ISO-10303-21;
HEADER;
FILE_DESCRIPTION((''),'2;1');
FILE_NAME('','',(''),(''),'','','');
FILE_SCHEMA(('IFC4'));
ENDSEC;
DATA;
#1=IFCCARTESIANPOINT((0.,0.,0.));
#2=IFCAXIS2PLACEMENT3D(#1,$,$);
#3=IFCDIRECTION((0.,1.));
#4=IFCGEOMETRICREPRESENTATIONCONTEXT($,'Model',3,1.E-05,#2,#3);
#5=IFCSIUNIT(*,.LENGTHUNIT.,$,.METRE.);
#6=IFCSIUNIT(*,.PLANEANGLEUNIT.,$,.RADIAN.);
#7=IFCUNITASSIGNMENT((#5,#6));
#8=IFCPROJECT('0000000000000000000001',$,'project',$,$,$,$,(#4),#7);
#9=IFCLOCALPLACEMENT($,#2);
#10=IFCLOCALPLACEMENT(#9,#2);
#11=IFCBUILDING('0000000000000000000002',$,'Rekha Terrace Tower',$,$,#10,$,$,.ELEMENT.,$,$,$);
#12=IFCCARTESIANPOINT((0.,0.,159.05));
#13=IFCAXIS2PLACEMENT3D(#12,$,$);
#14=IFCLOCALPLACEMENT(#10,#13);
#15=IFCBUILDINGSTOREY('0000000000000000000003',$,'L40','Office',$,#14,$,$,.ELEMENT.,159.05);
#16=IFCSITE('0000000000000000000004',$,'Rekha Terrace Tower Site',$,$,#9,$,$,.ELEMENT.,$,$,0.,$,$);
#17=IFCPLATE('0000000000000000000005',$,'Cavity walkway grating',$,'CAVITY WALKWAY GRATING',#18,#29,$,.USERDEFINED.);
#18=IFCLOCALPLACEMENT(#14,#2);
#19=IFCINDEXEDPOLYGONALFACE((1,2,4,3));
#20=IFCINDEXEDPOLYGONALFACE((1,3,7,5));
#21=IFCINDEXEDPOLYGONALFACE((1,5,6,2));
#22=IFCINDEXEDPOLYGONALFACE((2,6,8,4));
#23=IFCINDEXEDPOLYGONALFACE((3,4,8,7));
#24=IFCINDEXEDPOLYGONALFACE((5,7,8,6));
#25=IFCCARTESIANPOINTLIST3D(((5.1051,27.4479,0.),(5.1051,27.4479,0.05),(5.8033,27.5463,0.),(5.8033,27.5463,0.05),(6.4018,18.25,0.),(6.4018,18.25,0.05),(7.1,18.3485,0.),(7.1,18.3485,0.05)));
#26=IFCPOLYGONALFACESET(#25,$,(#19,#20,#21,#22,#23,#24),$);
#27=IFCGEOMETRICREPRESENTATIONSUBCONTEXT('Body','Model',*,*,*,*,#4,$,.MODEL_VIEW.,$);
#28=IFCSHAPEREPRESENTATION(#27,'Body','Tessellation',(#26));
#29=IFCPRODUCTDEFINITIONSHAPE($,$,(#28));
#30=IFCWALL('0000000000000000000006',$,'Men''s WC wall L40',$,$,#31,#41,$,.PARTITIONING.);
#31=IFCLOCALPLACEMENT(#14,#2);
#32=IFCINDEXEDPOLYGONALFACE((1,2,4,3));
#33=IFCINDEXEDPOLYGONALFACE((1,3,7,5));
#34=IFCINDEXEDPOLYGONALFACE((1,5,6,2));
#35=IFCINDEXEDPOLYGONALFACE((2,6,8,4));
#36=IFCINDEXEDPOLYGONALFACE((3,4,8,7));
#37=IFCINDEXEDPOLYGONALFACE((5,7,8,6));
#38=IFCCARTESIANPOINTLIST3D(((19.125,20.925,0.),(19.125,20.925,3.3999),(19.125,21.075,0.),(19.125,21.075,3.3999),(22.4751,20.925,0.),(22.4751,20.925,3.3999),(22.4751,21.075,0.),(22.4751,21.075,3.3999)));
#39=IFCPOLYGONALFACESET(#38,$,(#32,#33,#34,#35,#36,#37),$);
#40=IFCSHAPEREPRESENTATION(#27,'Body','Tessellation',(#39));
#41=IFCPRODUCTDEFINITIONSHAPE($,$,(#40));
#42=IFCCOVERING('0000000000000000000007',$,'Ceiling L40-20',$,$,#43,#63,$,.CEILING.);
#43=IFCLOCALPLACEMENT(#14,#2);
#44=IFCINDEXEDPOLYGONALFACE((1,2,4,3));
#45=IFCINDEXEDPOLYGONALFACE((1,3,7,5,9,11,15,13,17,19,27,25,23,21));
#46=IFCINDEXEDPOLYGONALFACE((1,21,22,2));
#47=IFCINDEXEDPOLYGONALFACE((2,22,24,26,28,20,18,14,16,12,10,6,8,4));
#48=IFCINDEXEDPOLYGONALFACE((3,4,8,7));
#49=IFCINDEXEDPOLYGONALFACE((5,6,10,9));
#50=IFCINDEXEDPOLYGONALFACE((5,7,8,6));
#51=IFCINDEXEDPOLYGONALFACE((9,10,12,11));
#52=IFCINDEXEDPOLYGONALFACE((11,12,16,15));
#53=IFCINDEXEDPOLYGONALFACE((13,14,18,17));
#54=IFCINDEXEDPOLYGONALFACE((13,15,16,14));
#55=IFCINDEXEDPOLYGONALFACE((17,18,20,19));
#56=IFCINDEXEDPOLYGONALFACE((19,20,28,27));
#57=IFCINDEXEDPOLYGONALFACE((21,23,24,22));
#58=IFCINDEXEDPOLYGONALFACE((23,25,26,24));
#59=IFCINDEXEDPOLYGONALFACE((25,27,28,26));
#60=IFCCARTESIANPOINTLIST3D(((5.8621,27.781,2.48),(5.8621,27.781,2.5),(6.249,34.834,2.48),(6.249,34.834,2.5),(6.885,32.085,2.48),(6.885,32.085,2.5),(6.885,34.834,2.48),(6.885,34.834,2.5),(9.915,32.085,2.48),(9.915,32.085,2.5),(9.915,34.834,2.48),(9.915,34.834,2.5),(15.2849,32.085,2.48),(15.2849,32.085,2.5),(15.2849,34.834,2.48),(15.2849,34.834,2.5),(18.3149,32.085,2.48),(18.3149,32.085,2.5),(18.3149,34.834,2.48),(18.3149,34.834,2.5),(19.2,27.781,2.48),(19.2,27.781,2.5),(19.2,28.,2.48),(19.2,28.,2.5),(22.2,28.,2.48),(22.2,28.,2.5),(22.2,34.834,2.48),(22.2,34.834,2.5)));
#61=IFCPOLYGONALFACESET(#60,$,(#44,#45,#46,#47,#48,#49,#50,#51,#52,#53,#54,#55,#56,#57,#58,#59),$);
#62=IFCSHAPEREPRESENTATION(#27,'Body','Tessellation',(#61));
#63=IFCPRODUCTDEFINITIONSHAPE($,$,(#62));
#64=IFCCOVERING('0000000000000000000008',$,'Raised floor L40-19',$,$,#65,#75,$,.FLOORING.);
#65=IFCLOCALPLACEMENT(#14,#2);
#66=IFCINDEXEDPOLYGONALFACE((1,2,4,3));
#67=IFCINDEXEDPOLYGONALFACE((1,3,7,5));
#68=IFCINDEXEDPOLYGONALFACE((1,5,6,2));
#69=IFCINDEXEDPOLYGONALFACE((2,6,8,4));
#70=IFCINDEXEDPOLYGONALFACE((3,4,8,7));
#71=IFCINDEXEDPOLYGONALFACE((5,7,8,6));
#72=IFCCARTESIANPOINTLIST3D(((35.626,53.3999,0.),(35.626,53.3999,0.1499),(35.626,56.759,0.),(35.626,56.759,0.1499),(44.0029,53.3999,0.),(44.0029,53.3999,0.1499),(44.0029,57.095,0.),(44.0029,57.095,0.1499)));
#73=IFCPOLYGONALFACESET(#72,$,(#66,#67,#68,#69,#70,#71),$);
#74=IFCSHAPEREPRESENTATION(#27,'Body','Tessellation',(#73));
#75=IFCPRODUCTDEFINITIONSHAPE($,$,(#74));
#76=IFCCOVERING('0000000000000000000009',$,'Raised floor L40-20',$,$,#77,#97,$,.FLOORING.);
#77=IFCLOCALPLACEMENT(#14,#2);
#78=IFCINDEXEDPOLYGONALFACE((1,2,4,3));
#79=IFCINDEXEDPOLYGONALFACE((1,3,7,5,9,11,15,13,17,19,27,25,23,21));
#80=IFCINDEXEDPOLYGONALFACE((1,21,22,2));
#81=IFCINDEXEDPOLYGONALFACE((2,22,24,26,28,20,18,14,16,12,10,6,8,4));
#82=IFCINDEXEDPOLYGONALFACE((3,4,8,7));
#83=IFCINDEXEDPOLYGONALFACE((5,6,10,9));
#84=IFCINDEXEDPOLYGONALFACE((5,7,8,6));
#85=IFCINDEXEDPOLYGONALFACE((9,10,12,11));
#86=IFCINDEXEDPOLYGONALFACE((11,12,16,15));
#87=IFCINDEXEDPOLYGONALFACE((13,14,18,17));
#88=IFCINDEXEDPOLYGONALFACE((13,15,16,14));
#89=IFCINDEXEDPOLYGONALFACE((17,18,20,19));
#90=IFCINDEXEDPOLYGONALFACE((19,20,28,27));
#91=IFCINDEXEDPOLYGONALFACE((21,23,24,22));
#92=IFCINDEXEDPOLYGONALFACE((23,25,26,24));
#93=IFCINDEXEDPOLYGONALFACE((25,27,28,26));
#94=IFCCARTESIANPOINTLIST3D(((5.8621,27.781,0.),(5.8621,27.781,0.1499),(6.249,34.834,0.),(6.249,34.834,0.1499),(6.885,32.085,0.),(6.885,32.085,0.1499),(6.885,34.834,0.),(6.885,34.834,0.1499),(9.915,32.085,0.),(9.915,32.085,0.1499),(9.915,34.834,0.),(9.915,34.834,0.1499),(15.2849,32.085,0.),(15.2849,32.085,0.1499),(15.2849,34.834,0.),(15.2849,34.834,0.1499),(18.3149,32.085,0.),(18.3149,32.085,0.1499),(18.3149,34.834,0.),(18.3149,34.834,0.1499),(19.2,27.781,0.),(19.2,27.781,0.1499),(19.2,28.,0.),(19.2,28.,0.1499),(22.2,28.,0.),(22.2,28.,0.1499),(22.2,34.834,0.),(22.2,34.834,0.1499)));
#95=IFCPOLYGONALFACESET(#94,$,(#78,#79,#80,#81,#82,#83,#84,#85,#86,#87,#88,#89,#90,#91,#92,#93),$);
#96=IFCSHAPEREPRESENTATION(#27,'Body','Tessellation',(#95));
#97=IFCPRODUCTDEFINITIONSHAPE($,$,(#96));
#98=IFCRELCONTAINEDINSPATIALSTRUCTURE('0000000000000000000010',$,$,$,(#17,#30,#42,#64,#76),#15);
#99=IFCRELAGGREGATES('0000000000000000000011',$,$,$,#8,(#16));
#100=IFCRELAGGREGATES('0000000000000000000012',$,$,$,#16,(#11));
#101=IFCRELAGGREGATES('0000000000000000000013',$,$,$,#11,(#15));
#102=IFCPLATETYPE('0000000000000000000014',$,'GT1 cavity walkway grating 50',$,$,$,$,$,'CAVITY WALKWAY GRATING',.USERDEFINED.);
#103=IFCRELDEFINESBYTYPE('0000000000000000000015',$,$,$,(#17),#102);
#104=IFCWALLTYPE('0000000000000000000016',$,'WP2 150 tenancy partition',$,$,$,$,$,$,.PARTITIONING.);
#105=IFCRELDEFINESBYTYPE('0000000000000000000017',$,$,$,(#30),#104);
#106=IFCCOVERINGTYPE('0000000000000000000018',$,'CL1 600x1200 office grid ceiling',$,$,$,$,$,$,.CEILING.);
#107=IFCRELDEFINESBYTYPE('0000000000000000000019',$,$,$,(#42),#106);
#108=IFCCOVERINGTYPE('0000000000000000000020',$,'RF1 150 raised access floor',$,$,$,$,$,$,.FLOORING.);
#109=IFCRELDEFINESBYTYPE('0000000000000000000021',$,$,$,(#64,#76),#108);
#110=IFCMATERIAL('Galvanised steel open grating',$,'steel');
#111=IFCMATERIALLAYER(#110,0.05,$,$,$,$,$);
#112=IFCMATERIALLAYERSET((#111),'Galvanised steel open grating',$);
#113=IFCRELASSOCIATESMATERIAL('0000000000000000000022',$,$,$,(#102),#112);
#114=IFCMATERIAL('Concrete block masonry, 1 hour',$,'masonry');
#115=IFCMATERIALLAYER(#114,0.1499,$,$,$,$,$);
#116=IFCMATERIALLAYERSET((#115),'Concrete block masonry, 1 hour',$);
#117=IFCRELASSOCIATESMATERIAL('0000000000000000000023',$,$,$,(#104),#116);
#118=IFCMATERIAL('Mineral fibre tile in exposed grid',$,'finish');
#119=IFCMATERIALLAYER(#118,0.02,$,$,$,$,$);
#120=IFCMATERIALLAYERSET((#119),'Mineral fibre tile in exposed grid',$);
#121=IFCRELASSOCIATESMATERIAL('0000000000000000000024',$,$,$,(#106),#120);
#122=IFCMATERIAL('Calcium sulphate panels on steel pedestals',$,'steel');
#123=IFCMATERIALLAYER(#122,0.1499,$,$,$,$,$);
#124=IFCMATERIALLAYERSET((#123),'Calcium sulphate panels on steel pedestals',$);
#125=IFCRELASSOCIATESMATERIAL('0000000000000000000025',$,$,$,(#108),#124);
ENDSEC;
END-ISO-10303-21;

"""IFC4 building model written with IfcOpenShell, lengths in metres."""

from ifc_helpers import new_model, si_unit, direction, frame, frame_2d, origin, origin_2d, place, context, subcontext, project, spatial, polyline, rectangle, outline, extrude, material, layer, layer_set, type_object, element, save


model = new_model("IFC4")

# Units and contexts
model_context = context("Model", 3, precision=1e-05, world=origin(), true_north=direction((0.0, 1.0)))
body_context = subcontext(model_context, "Body", "Model", "MODEL_VIEW")
ifc_project = project(units=[si_unit("LENGTHUNIT", "METRE"), si_unit("PLANEANGLEUNIT", "RADIAN")], contexts=[model_context])

# Site, building, storey
site_placement = place(None, origin())
site = spatial("IfcSite", under=ifc_project, at=site_placement, Name="Rekha Terrace Tower Site", CompositionType="ELEMENT", RefElevation=0.0)
building_placement = place(site_placement, origin())
building = spatial("IfcBuilding", under=site, at=building_placement, Name="Rekha Terrace Tower", CompositionType="ELEMENT")
storey_placement = place(building_placement, frame((0.0, 0.0, 159.05)))
storey = spatial("IfcBuildingStorey", under=building, at=storey_placement, Name="L40", Description="Office", CompositionType="ELEMENT", Elevation=159.05)

# Plate
ifc_material_1 = material(Name="Galvanised steel open grating", Category="steel")
ifc_layer_1 = layer(ifc_material_1, 0.05)
ifc_layer_set_1 = layer_set([ifc_layer_1], Name="Galvanised steel open grating")
plate_type_1 = type_object("IfcPlateType", Name="GT1 cavity walkway grating 50", ElementType="CAVITY WALKWAY GRATING", PredefinedType="USERDEFINED", material=ifc_layer_set_1)
plate_1_placement = place(storey_placement, frame((6.1025, 22.8982, 0.0), z_axis=(0.0, 0.0, 1.0), x_axis=(0.139597, -0.990208, 0.0)))
element("IfcPlate", 1, at=plate_1_placement, inside=storey, type_object=plate_type_1, Name="Cavity walkway grating", ObjectType="CAVITY WALKWAY GRATING", PredefinedType="USERDEFINED", context=body_context, shape_type="SweptSolid", body=[
    extrude(rectangle(XDim=9.2888, YDim=0.7051, at=origin_2d()), origin(), (0.0, 0.0, 1.0), 0.05),
])

# Wall
ifc_material_2 = material(Name="Concrete block masonry, 1 hour", Category="masonry")
ifc_layer_2 = layer(ifc_material_2, 0.1499)
ifc_layer_set_2 = layer_set([ifc_layer_2], Name="Concrete block masonry, 1 hour")
wall_type = type_object("IfcWallType", Name="WP2 150 tenancy partition", PredefinedType="PARTITIONING", material=ifc_layer_set_2)
wall_placement = place(storey_placement, frame((19.125, 21.0, 0.0), z_axis=(0.0, 0.0, 1.0), x_axis=(1.0, 0.0, 0.0)))
element("IfcWall", 2, at=wall_placement, inside=storey, type_object=wall_type, Name="Men's WC wall L40", PredefinedType="PARTITIONING", context=body_context, shape_type="SweptSolid", body=[
    extrude(rectangle(XDim=3.3501, YDim=0.1499, at=frame_2d((1.675, 0.0))), origin(), (0.0, 0.0, 1.0), 3.3999),
])

# Coverings
ifc_material_3 = material(Name="Mineral fibre tile in exposed grid", Category="finish")
ifc_layer_3 = layer(ifc_material_3, 0.02)
ifc_layer_set_3 = layer_set([ifc_layer_3], Name="Mineral fibre tile in exposed grid")
covering_type_1 = type_object("IfcCoveringType", Name="CL1 600x1200 office grid ceiling", PredefinedType="CEILING", material=ifc_layer_set_3)
covering_1_placement = place(storey_placement, frame((0.0, 0.0, 2.48)))
element("IfcCovering", 3, at=covering_1_placement, inside=storey, type_object=covering_type_1, Name="Ceiling L40-20", PredefinedType="CEILING", context=body_context, shape_type="SweptSolid", body=[
    extrude(outline(polyline([(19.2, 27.781), (19.2, 28.0), (22.2, 28.0), (22.2, 34.834), (18.3149, 34.834), (18.3149, 32.085), (15.2849, 32.085), (15.2849, 34.834), (9.915, 34.834), (9.915, 32.085), (6.885, 32.085), (6.885, 34.834), (6.249, 34.834), (5.8621, 27.781), (19.2, 27.781)])), origin(), (0.0, 0.0, 1.0), 0.02),
])
ifc_material_4 = material(Name="Calcium sulphate panels on steel pedestals", Category="steel")
ifc_layer_4 = layer(ifc_material_4, 0.1499)
ifc_layer_set_4 = layer_set([ifc_layer_4], Name="Calcium sulphate panels on steel pedestals")
covering_type_2 = type_object("IfcCoveringType", Name="RF1 150 raised access floor", PredefinedType="FLOORING", material=ifc_layer_set_4)
covering_2_placement = place(storey_placement, origin())
element("IfcCovering", 4, at=covering_2_placement, inside=storey, type_object=covering_type_2, Name="Raised floor L40-19", PredefinedType="FLOORING", context=body_context, shape_type="SweptSolid", body=[
    extrude(outline(polyline([(35.626, 53.3999), (44.0029, 53.3999), (44.0029, 57.095), (35.626, 56.759), (35.626, 53.3999)])), origin(), (0.0, 0.0, 1.0), 0.1499),
])
covering_3_placement = place(storey_placement, origin())
element("IfcCovering", 5, at=covering_3_placement, inside=storey, type_object=covering_type_2, Name="Raised floor L40-20", PredefinedType="FLOORING", context=body_context, shape_type="SweptSolid", body=[
    extrude(outline(polyline([(19.2, 27.781), (19.2, 28.0), (22.2, 28.0), (22.2, 34.834), (18.3149, 34.834), (18.3149, 32.085), (15.2849, 32.085), (15.2849, 34.834), (9.915, 34.834), (9.915, 32.085), (6.885, 32.085), (6.885, 34.834), (6.249, 34.834), (5.8621, 27.781), (19.2, 27.781)])), origin(), (0.0, 0.0, 1.0), 0.1499),
])

save(model, "model.ifc")
